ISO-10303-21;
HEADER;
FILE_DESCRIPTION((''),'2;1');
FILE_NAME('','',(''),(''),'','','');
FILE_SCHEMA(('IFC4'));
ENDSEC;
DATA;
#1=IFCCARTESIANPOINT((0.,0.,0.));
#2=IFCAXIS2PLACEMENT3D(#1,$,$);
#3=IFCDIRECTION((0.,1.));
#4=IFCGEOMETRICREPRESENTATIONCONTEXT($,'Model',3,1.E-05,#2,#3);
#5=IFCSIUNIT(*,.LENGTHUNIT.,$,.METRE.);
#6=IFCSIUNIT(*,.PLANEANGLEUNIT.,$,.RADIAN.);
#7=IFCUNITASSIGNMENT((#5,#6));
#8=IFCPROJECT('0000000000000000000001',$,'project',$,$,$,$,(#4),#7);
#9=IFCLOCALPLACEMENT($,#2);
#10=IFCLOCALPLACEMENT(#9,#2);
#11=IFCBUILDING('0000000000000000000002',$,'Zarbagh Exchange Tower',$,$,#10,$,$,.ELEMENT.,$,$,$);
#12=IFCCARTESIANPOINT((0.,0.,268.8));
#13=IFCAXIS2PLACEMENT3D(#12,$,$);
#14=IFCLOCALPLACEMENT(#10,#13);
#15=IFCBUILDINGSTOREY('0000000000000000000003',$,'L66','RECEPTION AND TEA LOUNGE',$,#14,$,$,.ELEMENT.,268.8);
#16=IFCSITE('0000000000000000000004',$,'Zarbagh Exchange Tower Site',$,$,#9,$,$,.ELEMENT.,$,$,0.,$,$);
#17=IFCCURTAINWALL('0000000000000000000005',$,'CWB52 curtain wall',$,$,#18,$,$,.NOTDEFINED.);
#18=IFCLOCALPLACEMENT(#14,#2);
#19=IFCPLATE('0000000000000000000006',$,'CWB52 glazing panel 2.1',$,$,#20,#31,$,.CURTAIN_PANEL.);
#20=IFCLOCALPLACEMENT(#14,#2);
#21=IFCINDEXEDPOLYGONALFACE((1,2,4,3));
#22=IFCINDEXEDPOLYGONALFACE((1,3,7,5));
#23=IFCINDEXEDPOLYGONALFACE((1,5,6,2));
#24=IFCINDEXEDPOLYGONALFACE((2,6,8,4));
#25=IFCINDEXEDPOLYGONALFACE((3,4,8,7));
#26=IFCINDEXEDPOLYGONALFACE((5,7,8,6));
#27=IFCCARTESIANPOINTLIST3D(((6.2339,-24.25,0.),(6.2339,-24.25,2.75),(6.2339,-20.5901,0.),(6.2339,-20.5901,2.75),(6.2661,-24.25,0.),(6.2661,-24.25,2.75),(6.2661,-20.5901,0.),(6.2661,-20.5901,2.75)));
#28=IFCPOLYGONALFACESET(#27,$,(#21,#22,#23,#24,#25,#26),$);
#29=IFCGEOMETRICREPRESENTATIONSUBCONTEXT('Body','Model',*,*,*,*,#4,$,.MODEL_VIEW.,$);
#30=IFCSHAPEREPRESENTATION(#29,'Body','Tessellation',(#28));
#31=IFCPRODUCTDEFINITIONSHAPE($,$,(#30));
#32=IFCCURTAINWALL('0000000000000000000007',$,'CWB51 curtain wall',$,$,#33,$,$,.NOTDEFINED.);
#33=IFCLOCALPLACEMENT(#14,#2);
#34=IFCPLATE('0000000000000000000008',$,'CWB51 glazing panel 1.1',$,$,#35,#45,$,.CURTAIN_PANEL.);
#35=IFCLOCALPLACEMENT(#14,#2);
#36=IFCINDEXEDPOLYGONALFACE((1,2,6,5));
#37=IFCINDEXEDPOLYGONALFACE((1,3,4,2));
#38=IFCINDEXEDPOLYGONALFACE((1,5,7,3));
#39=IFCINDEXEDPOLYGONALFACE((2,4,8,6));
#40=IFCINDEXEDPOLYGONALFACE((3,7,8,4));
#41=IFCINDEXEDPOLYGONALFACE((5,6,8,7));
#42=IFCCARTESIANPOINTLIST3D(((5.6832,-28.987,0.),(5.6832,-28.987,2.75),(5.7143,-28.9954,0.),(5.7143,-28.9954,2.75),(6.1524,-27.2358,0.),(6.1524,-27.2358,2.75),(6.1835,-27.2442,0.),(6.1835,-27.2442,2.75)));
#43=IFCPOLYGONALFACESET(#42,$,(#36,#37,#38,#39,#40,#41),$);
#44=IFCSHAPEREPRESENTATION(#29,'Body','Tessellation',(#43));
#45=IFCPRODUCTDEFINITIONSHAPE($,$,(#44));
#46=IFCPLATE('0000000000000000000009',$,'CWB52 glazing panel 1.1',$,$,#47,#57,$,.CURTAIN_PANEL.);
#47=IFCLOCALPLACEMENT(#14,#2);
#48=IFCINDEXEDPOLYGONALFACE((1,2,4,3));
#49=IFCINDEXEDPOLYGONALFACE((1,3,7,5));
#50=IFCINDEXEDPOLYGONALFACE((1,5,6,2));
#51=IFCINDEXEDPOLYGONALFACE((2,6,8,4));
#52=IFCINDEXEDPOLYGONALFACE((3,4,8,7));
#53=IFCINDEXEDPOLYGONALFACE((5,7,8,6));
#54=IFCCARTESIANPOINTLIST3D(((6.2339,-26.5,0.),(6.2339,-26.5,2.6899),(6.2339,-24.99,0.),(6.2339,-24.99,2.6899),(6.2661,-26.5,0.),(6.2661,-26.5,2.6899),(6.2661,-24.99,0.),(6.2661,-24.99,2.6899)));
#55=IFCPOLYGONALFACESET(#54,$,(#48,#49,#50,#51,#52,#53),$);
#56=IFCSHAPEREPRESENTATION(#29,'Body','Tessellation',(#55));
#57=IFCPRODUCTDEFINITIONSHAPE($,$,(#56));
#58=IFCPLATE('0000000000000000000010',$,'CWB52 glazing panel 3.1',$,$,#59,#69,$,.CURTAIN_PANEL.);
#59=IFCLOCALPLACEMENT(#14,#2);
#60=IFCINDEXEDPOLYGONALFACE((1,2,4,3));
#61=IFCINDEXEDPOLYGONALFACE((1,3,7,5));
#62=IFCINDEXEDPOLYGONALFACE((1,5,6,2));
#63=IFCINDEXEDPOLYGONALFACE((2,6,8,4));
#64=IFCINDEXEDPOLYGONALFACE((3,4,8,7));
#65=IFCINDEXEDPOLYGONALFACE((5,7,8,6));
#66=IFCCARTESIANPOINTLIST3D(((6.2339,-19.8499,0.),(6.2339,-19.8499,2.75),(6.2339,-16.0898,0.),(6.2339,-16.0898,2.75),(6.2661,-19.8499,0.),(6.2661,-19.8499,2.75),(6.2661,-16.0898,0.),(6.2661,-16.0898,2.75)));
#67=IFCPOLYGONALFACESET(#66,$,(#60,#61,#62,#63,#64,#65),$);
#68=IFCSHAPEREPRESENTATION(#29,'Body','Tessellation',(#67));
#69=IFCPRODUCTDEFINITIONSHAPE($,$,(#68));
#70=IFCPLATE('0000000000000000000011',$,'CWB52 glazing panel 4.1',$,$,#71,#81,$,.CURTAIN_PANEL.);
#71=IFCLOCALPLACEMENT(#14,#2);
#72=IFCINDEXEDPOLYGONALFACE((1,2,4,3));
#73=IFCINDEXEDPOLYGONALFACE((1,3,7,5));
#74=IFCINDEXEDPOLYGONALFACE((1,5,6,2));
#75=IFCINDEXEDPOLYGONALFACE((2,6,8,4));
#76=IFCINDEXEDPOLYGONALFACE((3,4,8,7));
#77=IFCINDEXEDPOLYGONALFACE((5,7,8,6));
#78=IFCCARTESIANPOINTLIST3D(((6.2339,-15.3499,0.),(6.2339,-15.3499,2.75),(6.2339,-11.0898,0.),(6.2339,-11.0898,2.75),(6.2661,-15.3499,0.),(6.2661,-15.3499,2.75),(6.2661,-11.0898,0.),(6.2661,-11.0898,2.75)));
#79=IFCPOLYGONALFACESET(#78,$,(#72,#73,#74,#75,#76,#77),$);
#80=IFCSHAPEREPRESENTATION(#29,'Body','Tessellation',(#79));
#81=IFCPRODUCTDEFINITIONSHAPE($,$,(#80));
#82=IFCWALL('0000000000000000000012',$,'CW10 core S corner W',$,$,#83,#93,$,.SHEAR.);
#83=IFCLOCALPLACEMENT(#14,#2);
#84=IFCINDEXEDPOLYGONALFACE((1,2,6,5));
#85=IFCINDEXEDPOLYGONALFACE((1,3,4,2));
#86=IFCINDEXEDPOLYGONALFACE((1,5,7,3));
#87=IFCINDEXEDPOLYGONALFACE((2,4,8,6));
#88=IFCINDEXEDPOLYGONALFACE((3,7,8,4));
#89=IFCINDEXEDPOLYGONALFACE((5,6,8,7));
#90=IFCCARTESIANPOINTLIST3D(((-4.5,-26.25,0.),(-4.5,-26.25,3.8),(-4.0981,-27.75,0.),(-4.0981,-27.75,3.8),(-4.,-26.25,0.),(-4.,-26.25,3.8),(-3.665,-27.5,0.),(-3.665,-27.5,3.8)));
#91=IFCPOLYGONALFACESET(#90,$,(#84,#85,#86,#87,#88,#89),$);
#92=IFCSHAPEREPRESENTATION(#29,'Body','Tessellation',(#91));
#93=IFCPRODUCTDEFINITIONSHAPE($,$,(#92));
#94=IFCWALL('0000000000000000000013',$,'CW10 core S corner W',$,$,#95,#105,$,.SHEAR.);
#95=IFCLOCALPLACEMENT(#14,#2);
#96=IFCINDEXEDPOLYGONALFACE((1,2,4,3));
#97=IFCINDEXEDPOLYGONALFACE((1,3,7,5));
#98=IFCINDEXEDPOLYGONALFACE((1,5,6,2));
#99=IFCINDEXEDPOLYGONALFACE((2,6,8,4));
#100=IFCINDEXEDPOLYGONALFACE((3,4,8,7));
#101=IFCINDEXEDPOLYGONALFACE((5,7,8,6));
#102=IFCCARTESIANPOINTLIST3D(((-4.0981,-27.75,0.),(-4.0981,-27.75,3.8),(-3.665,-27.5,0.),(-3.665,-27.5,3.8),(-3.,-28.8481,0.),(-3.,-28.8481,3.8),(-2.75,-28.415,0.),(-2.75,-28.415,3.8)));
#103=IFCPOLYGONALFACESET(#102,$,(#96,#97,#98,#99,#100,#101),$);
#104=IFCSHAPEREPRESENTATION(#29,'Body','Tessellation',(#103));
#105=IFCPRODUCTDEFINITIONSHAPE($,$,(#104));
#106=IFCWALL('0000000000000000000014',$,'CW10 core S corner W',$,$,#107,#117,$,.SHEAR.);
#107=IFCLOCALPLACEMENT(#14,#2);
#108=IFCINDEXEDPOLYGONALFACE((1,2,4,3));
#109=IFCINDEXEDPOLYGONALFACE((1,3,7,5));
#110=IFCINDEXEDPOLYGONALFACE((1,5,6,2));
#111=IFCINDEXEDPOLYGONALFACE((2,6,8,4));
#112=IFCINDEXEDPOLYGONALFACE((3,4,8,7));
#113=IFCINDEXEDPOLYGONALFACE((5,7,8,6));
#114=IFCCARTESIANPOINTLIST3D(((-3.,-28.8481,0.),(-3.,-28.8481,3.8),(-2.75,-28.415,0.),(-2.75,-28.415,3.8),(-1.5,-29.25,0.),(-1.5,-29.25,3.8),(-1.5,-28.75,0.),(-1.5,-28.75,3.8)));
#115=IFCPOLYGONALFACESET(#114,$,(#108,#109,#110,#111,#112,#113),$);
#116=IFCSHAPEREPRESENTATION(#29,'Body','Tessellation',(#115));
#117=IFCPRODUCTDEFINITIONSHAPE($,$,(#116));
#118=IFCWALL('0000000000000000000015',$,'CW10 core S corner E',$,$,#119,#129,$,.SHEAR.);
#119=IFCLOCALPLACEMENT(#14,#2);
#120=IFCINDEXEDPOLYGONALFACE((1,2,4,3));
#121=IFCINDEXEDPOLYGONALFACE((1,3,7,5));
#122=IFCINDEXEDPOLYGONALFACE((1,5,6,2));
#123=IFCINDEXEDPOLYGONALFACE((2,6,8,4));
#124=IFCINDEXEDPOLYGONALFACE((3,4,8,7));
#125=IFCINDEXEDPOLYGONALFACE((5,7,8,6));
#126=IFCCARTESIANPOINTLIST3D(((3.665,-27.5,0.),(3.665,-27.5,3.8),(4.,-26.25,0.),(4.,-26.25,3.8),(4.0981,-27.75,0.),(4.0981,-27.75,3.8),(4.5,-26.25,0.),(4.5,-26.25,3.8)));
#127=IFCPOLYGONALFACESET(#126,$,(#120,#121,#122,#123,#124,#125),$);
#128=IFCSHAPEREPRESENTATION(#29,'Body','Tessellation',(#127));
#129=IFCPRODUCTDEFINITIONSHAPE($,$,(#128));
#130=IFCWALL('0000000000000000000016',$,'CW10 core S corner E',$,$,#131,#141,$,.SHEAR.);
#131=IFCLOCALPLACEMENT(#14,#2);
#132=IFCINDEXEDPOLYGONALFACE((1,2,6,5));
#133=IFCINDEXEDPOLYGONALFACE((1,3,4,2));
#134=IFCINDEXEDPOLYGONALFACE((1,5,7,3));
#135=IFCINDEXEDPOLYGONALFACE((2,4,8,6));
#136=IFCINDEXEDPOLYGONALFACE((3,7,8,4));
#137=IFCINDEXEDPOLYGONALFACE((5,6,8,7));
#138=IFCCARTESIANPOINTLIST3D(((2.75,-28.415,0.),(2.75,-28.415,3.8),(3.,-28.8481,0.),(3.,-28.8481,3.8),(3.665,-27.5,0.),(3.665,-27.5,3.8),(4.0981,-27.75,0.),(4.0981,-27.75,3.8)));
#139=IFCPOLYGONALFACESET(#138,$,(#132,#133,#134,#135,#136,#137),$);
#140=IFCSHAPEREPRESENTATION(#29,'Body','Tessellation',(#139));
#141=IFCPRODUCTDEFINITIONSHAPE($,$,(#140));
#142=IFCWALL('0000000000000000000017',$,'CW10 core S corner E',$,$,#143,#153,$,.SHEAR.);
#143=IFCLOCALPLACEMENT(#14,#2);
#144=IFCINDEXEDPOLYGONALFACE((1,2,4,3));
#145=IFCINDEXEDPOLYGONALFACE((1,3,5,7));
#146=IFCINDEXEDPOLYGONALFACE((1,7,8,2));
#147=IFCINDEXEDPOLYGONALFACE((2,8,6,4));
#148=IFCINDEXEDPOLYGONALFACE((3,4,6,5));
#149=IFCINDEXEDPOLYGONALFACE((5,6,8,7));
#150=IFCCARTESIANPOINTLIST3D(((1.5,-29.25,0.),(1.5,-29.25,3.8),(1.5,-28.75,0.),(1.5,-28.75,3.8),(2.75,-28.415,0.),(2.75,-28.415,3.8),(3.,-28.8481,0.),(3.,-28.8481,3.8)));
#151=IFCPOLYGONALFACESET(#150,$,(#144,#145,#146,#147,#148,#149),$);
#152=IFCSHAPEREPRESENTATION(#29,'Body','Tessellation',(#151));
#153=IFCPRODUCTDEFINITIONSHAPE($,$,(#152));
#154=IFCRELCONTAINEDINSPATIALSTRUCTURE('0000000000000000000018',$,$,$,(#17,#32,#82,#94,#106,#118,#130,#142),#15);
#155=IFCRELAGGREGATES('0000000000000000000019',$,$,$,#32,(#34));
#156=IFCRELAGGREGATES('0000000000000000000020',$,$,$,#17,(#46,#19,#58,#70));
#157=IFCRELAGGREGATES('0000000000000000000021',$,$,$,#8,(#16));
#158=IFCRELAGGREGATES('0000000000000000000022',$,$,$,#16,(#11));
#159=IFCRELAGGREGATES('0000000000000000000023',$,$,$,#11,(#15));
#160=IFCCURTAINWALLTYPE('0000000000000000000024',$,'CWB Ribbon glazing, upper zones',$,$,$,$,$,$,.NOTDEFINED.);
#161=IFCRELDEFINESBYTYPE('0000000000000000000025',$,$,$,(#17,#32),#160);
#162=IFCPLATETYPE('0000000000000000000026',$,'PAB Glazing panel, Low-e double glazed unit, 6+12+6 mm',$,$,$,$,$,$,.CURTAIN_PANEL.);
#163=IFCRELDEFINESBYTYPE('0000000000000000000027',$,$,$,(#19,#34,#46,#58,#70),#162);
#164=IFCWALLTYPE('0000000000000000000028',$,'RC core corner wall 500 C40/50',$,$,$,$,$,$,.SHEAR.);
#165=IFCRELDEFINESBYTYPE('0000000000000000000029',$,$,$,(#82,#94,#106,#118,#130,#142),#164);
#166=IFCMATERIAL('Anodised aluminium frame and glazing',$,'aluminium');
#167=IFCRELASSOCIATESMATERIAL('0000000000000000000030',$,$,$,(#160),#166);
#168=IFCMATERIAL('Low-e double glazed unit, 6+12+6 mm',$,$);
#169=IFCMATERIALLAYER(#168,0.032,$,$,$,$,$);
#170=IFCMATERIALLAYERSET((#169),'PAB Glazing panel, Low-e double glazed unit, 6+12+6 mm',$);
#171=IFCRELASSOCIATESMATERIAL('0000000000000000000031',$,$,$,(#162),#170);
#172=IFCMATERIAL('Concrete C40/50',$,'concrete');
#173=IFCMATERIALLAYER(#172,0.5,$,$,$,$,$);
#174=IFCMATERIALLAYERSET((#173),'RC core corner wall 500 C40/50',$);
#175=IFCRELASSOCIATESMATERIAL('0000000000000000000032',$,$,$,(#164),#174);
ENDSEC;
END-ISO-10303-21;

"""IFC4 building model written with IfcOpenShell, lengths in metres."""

from ifc_helpers import new_model, si_unit, direction, frame, origin, place, context, subcontext, project, spatial, polyline, outline, extrude, source, transform, mapped, material, layer, layer_set, type_object, element, aggregate, save


model = new_model("IFC4")

# Units and contexts
model_context = context("Model", 3, precision=1e-05, world=origin(), true_north=direction((0.0, 1.0)))
body_context = subcontext(model_context, "Body", "Model", "MODEL_VIEW")
ifc_project = project(units=[si_unit("LENGTHUNIT", "METRE"), si_unit("PLANEANGLEUNIT", "RADIAN")], contexts=[model_context])

# Site, building, storey
site_placement = place(None, origin())
site = spatial("IfcSite", under=ifc_project, at=site_placement, Name="Zarbagh Exchange Tower Site", CompositionType="ELEMENT", RefElevation=0.0)
building_placement = place(site_placement, origin())
building = spatial("IfcBuilding", under=site, at=building_placement, Name="Zarbagh Exchange Tower", CompositionType="ELEMENT")
storey_placement = place(building_placement, frame((0.0, 0.0, 268.8)))
storey = spatial("IfcBuildingStorey", under=building, at=storey_placement, Name="L66", Description="RECEPTION AND TEA LOUNGE", CompositionType="ELEMENT", Elevation=268.8)

# Shared definitions
ifc_material_1 = material(Name="Anodised aluminium frame and glazing", Category="aluminium")
curtain_wall_type = type_object("IfcCurtainWallType", Name="CWB Ribbon glazing, upper zones", PredefinedType="NOTDEFINED", material=ifc_material_1)
placement = place(storey_placement, origin())

# Curtain wall
curtain_wall_1_placement = place(storey_placement, origin())
curtain_wall_1 = element("IfcCurtainWall", 1, at=curtain_wall_1_placement, inside=storey, type_object=curtain_wall_type, Name="CWB52 curtain wall", PredefinedType="NOTDEFINED")

# Shared definitions
ifc_material_2 = material(Name="Concrete C40/50", Category="concrete")

# Shared definitions
ifc_material_3 = material(Name="Low-e double glazed unit, 6+12+6 mm")
ifc_layer_1 = layer(ifc_material_3, 0.032)
ifc_layer_set_1 = layer_set([ifc_layer_1], Name="PAB Glazing panel, Low-e double glazed unit, 6+12+6 mm")
plate_type = type_object("IfcPlateType", Name="PAB Glazing panel, Low-e double glazed unit, 6+12+6 mm", PredefinedType="CURTAIN_PANEL", material=ifc_layer_set_1)

# Plate
shared_shape_1 = source(origin(), body_context, "Body", "SweptSolid", [
    extrude(outline(polyline([(0.0, -0.0161), (3.6599, -0.0161), (3.6599, 0.0161), (0.0, 0.0161), (0.0, -0.0161)])), origin(), (0.0, 0.0, 1.0), 2.75),
])
plate_1 = element("IfcPlate", 2, at=placement, type_object=plate_type, Name="CWB52 glazing panel 2.1", PredefinedType="CURTAIN_PANEL", context=body_context, shape_type="MappedRepresentation", body=[
    mapped(shared_shape_1, transform((6.25, -24.25, 0.0), x_axis=(0.0, 1.0, 0.0), y_axis=(-1.0, 0.0, 0.0), z_axis=(0.0, 0.0, 1.0))),
])

# Curtain wall, plate
curtain_wall_2_placement = place(storey_placement, origin())
curtain_wall_2 = element("IfcCurtainWall", 3, at=curtain_wall_2_placement, inside=storey, type_object=curtain_wall_type, Name="CWB51 curtain wall", PredefinedType="NOTDEFINED")
shared_shape_2 = source(origin(), body_context, "Body", "SweptSolid", [
    extrude(outline(polyline([(0.0, -0.0161), (1.813, -0.0161), (1.813, 0.0161), (0.0, 0.0161), (0.0, -0.0161)])), origin(), (0.0, 0.0, 1.0), 2.75),
])
plate_2 = element("IfcPlate", 4, at=placement, type_object=plate_type, Name="CWB51 glazing panel 1.1", PredefinedType="CURTAIN_PANEL", context=body_context, shape_type="MappedRepresentation", body=[
    mapped(shared_shape_2, transform((5.6987, -28.9912, 0.0), x_axis=(0.258825, 0.965924, 0.0), y_axis=(-0.965924, 0.258825, 0.0), z_axis=(0.0, 0.0, 1.0))),
])
aggregate(curtain_wall_2, [plate_2])

# Plates
shared_shape_3 = source(origin(), body_context, "Body", "SweptSolid", [
    extrude(outline(polyline([(0.0, -0.0161), (1.51, -0.0161), (1.51, 0.0161), (0.0, 0.0161), (0.0, -0.0161)])), origin(), (0.0, 0.0, 1.0), 2.6899),
])
plate_3 = element("IfcPlate", 5, at=placement, type_object=plate_type, Name="CWB52 glazing panel 1.1", PredefinedType="CURTAIN_PANEL", context=body_context, shape_type="MappedRepresentation", body=[
    mapped(shared_shape_3, transform((6.25, -26.5, 0.0), x_axis=(0.0, 1.0, 0.0), y_axis=(-1.0, 0.0, 0.0), z_axis=(0.0, 0.0, 1.0))),
])
shared_shape_4 = source(origin(), body_context, "Body", "SweptSolid", [
    extrude(outline(polyline([(0.0, -0.0161), (3.76, -0.0161), (3.76, 0.0161), (0.0, 0.0161), (0.0, -0.0161)])), origin(), (0.0, 0.0, 1.0), 2.75),
])
plate_4 = element("IfcPlate", 6, at=placement, type_object=plate_type, Name="CWB52 glazing panel 3.1", PredefinedType="CURTAIN_PANEL", context=body_context, shape_type="MappedRepresentation", body=[
    mapped(shared_shape_4, transform((6.25, -19.8499, 0.0), x_axis=(0.0, 1.0, 0.0), y_axis=(-1.0, 0.0, 0.0), z_axis=(0.0, 0.0, 1.0))),
])
shared_shape_5 = source(origin(), body_context, "Body", "SweptSolid", [
    extrude(outline(polyline([(0.0, -0.0161), (4.26, -0.0161), (4.26, 0.0161), (0.0, 0.0161), (0.0, -0.0161)])), origin(), (0.0, 0.0, 1.0), 2.75),
])
plate_5 = element("IfcPlate", 7, at=placement, type_object=plate_type, Name="CWB52 glazing panel 4.1", PredefinedType="CURTAIN_PANEL", context=body_context, shape_type="MappedRepresentation", body=[
    mapped(shared_shape_5, transform((6.25, -15.3499, 0.0), x_axis=(0.0, 1.0, 0.0), y_axis=(-1.0, 0.0, 0.0), z_axis=(0.0, 0.0, 1.0))),
])
aggregate(curtain_wall_1, [plate_3, plate_1, plate_4, plate_5])

# Walls
ifc_layer_2 = layer(ifc_material_2, 0.5)
ifc_layer_set_2 = layer_set([ifc_layer_2], Name="RC core corner wall 500 C40/50")
wall_type = type_object("IfcWallType", Name="RC core corner wall 500 C40/50", PredefinedType="SHEAR", material=ifc_layer_set_2)
wall_1_placement = place(storey_placement, origin())
element("IfcWall", 8, at=wall_1_placement, inside=storey, type_object=wall_type, Name="CW10 core S corner W", PredefinedType="SHEAR", context=body_context, shape_type="SweptSolid", body=[
    extrude(outline(polyline([(-4.5, -26.25), (-4.0981, -27.75), (-3.665, -27.5), (-4.0, -26.25), (-4.5, -26.25)])), origin(), (0.0, 0.0, 1.0), 3.8),
])
wall_2_placement = place(storey_placement, origin())
element("IfcWall", 9, at=wall_2_placement, inside=storey, type_object=wall_type, Name="CW10 core S corner W", PredefinedType="SHEAR", context=body_context, shape_type="SweptSolid", body=[
    extrude(outline(polyline([(-4.0981, -27.75), (-3.0, -28.8481), (-2.75, -28.415), (-3.665, -27.5), (-4.0981, -27.75)])), origin(), (0.0, 0.0, 1.0), 3.8),
])
wall_3_placement = place(storey_placement, origin())
element("IfcWall", 10, at=wall_3_placement, inside=storey, type_object=wall_type, Name="CW10 core S corner W", PredefinedType="SHEAR", context=body_context, shape_type="SweptSolid", body=[
    extrude(outline(polyline([(-3.0, -28.8481), (-1.5, -29.25), (-1.5, -28.75), (-2.75, -28.415), (-3.0, -28.8481)])), origin(), (0.0, 0.0, 1.0), 3.8),
])
wall_4_placement = place(storey_placement, origin())
element("IfcWall", 11, at=wall_4_placement, inside=storey, type_object=wall_type, Name="CW10 core S corner E", PredefinedType="SHEAR", context=body_context, shape_type="SweptSolid", body=[
    extrude(outline(polyline([(4.5, -26.25), (4.0981, -27.75), (3.665, -27.5), (4.0, -26.25), (4.5, -26.25)])), origin(), (0.0, 0.0, 1.0), 3.8),
])
wall_5_placement = place(storey_placement, origin())
element("IfcWall", 12, at=wall_5_placement, inside=storey, type_object=wall_type, Name="CW10 core S corner E", PredefinedType="SHEAR", context=body_context, shape_type="SweptSolid", body=[
    extrude(outline(polyline([(4.0981, -27.75), (3.0, -28.8481), (2.75, -28.415), (3.665, -27.5), (4.0981, -27.75)])), origin(), (0.0, 0.0, 1.0), 3.8),
])
wall_6_placement = place(storey_placement, origin())
element("IfcWall", 13, at=wall_6_placement, inside=storey, type_object=wall_type, Name="CW10 core S corner E", PredefinedType="SHEAR", context=body_context, shape_type="SweptSolid", body=[
    extrude(outline(polyline([(3.0, -28.8481), (1.5, -29.25), (1.5, -28.75), (2.75, -28.415), (3.0, -28.8481)])), origin(), (0.0, 0.0, 1.0), 3.8),
])

save(model, "model.ifc")
